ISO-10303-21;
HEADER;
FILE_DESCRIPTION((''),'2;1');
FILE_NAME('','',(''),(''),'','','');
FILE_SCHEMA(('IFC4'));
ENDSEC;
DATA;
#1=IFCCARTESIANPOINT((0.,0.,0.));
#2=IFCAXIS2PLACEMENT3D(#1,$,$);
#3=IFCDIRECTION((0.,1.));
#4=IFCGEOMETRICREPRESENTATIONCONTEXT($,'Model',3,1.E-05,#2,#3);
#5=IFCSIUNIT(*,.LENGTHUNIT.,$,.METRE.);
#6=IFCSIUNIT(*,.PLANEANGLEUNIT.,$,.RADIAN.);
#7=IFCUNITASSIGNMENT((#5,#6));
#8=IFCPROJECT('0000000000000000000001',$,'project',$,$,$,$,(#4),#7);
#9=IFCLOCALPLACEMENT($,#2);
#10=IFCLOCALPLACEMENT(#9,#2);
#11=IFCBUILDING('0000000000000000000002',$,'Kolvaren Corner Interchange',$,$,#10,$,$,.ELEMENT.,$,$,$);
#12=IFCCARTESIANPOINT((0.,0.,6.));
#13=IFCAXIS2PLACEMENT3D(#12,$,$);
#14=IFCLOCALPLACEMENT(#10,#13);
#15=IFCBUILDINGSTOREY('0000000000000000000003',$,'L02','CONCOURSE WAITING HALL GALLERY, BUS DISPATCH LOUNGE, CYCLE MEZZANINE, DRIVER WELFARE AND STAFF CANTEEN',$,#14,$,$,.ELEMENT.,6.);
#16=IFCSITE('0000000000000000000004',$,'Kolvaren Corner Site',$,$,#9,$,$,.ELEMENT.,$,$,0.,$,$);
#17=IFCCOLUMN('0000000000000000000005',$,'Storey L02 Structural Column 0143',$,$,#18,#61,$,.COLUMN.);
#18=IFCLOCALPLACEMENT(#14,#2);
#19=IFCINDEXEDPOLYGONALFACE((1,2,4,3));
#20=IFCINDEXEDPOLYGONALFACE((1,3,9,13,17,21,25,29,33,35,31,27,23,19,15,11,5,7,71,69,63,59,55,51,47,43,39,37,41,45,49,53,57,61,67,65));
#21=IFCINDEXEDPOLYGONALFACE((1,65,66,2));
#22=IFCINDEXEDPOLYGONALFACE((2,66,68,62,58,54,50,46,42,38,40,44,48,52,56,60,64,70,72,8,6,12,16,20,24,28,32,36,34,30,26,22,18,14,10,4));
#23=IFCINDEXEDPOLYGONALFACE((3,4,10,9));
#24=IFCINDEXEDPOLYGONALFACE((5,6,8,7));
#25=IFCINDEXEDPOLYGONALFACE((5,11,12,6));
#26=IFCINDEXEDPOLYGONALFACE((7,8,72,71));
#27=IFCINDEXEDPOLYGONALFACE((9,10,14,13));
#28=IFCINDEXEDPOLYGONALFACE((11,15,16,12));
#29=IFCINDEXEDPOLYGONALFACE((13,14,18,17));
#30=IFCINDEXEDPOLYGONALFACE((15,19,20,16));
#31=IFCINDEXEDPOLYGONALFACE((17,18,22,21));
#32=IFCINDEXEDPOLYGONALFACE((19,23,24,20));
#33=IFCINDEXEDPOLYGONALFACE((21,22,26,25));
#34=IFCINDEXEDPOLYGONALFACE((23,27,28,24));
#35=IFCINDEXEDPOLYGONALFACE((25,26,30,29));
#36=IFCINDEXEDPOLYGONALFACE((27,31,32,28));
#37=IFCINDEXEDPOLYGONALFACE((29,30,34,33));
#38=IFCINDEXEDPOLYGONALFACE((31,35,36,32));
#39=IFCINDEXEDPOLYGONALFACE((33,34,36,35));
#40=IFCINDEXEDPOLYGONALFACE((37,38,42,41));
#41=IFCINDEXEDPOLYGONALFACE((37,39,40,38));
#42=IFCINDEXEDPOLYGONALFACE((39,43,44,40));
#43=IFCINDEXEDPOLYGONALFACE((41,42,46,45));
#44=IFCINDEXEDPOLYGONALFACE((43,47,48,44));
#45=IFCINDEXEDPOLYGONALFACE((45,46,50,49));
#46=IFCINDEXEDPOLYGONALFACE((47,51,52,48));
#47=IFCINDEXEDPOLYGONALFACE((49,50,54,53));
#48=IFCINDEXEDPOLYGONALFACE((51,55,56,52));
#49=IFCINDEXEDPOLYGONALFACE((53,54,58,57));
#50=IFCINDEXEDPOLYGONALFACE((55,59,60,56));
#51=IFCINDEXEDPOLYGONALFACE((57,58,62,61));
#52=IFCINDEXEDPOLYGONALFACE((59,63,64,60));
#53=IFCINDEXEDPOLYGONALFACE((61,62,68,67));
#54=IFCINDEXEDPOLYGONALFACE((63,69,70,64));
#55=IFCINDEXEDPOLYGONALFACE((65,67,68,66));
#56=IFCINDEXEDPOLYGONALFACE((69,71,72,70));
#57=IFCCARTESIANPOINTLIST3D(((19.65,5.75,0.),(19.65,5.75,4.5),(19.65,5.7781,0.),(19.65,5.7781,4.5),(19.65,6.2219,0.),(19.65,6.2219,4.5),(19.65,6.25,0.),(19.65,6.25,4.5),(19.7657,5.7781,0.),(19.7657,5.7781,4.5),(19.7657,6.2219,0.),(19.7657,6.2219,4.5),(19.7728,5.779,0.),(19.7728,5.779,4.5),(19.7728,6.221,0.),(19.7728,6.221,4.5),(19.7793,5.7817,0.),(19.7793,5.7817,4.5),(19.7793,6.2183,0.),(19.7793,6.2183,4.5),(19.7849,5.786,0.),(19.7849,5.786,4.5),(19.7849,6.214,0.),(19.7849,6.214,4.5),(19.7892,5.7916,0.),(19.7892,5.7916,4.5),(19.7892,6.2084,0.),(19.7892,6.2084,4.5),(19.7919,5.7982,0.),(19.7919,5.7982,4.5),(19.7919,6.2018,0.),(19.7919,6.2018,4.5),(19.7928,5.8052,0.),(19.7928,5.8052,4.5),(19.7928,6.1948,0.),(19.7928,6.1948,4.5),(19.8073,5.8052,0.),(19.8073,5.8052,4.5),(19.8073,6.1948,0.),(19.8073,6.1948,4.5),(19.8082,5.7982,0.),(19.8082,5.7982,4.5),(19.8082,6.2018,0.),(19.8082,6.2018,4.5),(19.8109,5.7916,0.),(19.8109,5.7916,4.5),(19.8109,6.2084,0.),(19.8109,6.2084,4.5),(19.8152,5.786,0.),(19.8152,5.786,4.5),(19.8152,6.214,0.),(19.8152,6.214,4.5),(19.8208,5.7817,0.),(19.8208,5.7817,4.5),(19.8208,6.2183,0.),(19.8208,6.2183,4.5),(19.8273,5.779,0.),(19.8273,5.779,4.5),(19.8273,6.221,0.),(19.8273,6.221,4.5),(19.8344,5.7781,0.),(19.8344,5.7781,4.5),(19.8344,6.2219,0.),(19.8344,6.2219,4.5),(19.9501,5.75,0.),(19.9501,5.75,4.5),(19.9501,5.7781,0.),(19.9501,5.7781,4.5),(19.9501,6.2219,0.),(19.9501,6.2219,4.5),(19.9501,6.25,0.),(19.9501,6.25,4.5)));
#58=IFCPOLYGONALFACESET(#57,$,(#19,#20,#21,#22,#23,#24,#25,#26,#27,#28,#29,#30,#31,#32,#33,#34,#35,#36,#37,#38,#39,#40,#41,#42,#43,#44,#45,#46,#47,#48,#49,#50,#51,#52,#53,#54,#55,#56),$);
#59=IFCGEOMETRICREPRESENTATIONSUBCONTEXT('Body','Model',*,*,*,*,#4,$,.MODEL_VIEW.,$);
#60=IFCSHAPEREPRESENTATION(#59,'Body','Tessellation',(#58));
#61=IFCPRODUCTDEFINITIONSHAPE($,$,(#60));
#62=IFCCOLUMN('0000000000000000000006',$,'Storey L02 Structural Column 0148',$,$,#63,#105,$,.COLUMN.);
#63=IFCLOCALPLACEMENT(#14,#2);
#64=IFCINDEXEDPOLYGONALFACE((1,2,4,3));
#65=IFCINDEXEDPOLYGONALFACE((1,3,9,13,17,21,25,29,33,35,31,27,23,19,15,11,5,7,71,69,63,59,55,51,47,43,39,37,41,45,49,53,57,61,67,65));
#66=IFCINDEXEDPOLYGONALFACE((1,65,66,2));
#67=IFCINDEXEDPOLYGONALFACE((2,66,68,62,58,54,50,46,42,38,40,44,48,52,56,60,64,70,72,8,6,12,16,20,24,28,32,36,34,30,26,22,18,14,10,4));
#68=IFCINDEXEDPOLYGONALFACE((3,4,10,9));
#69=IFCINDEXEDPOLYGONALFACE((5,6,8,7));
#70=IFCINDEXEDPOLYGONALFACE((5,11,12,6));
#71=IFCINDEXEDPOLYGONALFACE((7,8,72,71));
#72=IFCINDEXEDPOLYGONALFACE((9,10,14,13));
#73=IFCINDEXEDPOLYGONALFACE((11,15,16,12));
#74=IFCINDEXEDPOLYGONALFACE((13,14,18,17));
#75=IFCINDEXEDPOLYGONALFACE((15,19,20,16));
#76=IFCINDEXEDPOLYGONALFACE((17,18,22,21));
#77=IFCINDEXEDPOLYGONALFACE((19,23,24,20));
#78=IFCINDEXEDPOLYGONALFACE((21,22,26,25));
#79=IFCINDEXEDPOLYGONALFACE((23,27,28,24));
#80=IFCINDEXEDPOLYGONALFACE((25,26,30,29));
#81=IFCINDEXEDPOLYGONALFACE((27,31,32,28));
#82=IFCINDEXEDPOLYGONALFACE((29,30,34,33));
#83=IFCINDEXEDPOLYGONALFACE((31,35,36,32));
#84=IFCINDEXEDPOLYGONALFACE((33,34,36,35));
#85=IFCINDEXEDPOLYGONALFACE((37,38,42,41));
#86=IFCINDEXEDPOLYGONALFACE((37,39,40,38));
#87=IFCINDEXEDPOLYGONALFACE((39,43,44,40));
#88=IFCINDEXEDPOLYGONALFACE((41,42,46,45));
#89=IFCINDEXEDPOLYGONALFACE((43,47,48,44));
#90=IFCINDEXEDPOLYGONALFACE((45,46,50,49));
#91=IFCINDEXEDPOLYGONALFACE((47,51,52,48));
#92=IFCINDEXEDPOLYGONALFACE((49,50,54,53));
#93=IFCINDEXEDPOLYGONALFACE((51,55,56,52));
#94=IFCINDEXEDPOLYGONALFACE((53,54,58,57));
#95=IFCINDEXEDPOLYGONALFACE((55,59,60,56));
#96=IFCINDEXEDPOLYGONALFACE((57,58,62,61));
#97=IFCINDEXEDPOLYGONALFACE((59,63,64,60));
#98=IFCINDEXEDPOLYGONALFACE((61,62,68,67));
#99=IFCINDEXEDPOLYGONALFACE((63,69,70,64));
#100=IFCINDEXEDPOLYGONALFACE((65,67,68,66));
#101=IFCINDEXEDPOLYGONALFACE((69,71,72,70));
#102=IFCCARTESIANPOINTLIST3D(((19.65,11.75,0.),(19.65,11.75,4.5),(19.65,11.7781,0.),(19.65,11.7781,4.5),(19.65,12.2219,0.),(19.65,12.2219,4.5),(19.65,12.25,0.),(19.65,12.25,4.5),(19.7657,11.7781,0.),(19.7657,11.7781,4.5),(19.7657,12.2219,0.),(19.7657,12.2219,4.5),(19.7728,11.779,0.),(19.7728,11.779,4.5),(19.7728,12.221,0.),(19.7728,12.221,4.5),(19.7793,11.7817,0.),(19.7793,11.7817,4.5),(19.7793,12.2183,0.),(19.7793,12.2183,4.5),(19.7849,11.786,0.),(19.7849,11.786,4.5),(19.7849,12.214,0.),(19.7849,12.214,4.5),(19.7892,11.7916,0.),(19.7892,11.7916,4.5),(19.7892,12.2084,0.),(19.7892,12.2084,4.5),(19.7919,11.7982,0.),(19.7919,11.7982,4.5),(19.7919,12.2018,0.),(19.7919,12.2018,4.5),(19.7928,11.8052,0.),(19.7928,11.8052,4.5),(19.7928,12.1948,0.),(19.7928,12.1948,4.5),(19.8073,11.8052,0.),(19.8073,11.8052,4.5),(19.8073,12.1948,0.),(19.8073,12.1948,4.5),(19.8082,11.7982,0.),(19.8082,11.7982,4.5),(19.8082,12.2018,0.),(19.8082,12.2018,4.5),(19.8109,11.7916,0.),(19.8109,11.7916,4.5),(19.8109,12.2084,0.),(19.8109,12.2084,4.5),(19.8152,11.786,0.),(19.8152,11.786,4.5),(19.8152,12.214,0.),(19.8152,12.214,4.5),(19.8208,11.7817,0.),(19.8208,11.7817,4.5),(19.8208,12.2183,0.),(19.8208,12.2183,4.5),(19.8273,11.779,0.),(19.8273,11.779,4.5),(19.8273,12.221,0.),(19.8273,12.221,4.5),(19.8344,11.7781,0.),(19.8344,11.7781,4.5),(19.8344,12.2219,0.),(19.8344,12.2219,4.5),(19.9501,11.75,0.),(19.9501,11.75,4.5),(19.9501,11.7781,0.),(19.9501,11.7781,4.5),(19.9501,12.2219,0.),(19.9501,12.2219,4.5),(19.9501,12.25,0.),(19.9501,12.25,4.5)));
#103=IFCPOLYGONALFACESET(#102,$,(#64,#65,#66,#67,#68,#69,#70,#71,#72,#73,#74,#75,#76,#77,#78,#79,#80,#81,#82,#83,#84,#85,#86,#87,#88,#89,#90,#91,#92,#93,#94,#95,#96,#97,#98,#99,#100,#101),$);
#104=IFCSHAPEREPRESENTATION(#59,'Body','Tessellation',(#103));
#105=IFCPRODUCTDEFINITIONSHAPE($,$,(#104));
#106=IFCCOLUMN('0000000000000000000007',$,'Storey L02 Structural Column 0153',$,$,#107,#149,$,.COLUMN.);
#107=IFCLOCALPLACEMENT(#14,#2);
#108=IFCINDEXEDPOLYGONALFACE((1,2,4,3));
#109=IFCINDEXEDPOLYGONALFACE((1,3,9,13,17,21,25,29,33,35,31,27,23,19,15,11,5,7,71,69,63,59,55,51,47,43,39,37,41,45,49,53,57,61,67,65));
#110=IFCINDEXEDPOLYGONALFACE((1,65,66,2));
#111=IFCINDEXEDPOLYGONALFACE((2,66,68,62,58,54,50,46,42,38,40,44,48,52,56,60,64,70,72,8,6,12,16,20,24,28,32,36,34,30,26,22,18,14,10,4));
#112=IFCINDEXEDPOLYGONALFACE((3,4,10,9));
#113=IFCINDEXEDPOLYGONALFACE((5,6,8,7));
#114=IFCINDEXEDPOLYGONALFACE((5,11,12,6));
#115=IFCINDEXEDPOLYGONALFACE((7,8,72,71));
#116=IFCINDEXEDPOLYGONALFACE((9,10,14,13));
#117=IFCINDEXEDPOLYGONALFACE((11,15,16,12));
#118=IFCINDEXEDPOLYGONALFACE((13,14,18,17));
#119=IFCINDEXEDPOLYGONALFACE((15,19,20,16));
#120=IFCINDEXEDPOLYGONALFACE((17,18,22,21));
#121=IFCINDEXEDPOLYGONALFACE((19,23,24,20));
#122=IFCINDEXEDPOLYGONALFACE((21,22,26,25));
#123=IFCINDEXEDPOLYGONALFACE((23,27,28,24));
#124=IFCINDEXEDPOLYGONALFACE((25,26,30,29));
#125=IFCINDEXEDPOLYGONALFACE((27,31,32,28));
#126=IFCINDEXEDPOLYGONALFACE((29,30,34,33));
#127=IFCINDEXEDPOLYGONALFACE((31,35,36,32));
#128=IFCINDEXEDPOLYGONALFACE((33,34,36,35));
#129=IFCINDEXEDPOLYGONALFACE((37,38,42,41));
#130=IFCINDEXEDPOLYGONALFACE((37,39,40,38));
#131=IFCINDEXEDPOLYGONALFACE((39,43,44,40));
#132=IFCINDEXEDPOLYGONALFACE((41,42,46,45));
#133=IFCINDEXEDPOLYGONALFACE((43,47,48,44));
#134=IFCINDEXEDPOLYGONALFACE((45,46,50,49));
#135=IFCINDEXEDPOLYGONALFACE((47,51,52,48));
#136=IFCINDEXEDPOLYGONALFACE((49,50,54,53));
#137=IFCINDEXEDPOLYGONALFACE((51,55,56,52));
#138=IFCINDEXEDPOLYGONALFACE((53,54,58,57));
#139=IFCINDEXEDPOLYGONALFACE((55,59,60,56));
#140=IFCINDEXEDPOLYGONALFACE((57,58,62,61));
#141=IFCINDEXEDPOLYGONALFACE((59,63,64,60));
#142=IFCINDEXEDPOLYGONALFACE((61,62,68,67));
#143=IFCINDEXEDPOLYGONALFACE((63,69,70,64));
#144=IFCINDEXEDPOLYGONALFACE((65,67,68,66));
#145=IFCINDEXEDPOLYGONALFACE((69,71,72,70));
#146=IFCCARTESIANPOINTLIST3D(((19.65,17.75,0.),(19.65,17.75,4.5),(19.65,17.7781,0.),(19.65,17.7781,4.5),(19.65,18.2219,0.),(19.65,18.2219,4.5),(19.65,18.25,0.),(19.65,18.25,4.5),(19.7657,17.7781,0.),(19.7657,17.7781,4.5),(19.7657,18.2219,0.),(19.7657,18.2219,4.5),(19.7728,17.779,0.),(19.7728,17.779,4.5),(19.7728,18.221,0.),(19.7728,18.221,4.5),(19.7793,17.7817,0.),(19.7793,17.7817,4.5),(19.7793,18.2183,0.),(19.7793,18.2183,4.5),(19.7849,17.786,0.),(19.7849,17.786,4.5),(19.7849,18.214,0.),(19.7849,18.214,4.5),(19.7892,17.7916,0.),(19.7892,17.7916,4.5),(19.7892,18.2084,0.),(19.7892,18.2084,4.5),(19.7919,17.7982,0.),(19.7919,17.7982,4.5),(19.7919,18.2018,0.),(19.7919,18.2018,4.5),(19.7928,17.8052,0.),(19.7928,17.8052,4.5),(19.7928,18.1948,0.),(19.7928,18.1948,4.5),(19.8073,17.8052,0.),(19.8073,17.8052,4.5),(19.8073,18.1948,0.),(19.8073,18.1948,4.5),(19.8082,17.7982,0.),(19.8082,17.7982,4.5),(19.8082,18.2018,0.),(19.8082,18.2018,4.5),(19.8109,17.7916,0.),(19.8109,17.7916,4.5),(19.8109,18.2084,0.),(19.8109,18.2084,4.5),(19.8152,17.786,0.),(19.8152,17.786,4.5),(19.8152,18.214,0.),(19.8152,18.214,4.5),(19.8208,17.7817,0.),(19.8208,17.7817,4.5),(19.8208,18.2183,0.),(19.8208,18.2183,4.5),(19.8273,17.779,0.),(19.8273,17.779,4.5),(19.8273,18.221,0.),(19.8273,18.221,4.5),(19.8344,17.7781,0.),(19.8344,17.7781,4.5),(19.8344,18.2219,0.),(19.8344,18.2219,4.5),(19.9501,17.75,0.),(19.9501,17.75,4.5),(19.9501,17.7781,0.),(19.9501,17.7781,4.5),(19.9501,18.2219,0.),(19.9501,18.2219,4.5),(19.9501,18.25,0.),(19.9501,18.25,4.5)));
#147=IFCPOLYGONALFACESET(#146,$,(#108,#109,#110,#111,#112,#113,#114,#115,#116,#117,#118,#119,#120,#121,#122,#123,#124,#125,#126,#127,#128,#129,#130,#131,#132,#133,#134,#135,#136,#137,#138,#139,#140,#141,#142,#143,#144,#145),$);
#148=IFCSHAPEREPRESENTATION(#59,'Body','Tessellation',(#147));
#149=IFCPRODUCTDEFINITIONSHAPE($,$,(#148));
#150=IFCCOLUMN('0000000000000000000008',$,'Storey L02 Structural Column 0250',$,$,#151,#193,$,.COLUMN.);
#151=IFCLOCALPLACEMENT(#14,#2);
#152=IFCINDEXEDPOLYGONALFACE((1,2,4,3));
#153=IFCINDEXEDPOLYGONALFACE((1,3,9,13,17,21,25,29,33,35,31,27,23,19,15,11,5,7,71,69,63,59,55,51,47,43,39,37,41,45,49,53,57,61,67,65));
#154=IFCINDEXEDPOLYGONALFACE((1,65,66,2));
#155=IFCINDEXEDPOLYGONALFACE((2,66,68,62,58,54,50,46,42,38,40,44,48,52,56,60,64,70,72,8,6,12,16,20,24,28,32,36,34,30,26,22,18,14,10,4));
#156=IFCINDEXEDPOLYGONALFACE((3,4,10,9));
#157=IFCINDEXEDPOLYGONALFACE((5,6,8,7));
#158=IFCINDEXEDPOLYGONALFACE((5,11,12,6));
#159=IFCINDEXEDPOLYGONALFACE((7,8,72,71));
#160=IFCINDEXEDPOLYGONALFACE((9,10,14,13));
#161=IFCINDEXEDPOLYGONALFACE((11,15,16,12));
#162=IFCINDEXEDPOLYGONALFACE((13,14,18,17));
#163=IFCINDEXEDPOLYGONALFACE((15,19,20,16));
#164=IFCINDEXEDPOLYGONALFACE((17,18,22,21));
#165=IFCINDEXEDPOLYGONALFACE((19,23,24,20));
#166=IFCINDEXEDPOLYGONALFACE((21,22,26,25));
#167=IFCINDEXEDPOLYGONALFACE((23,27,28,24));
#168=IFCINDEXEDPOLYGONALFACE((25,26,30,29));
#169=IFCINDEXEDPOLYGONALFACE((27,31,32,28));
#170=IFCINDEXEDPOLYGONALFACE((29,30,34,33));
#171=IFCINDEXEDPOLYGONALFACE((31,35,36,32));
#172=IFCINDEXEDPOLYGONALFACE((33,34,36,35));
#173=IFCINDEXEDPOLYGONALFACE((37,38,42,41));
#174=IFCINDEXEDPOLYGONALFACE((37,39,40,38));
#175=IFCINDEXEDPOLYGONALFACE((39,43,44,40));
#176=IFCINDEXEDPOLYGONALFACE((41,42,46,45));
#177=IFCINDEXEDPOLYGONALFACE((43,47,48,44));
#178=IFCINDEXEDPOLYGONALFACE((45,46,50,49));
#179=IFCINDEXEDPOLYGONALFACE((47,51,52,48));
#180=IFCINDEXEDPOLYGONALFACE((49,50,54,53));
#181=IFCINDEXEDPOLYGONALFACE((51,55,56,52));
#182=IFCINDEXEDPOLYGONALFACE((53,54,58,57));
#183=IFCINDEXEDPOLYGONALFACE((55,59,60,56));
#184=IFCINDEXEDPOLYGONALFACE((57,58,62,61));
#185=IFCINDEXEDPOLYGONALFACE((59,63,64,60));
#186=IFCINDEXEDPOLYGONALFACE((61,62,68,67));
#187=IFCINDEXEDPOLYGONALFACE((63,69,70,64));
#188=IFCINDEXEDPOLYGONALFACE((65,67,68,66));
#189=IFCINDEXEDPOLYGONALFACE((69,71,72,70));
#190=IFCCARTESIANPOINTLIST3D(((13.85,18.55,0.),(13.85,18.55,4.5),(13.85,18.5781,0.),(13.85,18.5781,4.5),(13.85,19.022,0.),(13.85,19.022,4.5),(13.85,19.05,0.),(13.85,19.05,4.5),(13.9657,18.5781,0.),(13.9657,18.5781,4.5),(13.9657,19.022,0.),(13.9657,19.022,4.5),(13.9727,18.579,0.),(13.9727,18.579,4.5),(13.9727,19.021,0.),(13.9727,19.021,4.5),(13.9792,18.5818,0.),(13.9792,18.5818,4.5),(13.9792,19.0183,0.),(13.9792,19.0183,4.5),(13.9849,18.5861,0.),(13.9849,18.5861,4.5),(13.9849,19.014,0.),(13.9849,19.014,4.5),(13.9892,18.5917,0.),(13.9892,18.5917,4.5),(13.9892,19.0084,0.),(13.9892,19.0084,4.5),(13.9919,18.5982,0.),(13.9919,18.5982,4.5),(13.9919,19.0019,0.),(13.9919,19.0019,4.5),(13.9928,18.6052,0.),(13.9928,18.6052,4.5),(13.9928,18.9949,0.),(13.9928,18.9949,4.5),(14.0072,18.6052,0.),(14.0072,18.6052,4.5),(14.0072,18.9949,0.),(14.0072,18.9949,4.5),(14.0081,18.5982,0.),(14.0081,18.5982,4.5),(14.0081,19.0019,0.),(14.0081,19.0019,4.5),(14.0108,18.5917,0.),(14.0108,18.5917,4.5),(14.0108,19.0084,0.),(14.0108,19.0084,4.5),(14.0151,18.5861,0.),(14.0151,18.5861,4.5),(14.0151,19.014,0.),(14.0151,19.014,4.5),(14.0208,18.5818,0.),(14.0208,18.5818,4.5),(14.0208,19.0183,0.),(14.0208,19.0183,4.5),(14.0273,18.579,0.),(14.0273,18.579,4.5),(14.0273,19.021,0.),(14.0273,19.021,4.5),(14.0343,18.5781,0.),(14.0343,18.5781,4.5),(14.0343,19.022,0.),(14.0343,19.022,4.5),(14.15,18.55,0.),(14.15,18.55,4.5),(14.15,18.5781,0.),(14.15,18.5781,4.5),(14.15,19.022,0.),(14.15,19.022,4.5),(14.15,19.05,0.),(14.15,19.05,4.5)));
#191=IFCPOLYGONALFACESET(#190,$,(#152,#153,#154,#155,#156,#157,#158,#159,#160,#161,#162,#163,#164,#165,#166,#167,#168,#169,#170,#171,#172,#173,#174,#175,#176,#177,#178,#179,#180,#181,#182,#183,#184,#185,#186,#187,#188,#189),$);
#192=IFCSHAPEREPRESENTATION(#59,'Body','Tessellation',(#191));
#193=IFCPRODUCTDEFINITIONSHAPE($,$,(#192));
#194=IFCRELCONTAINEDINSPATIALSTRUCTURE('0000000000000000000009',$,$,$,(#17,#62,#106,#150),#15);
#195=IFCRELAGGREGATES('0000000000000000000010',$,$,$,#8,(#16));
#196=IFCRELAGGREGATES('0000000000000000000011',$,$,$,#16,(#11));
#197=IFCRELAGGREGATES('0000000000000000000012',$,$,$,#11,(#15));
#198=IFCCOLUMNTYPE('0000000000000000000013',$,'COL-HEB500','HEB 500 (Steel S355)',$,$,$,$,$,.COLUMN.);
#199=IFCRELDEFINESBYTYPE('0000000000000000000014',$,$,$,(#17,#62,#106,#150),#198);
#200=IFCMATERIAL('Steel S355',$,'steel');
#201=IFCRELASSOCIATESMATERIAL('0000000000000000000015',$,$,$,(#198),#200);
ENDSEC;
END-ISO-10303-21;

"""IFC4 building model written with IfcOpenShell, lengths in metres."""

from ifc_helpers import new_model, si_unit, direction, frame, origin, origin_2d, place, context, subcontext, project, spatial, i_section, extrude, material, material_profile, profile_set, type_object, element, save


model = new_model("IFC4")

# Units and contexts
model_context = context("Model", 3, precision=1e-05, world=origin(), true_north=direction((0.0, 1.0)))
body_context = subcontext(model_context, "Body", "Model", "MODEL_VIEW")
ifc_project = project(units=[si_unit("LENGTHUNIT", "METRE"), si_unit("PLANEANGLEUNIT", "RADIAN")], contexts=[model_context])

# Site, building, storey
site_placement = place(None, origin())
site = spatial("IfcSite", under=ifc_project, at=site_placement, Name="Kolvaren Corner Site", CompositionType="ELEMENT", RefElevation=0.0)
building_placement = place(site_placement, origin())
building = spatial("IfcBuilding", under=site, at=building_placement, Name="Kolvaren Corner Interchange", CompositionType="ELEMENT")
storey_placement = place(building_placement, frame((0.0, 0.0, 6.0)))
storey = spatial("IfcBuildingStorey", under=building, at=storey_placement, Name="L02", Description="CONCOURSE WAITING HALL GALLERY, BUS DISPATCH LOUNGE, CYCLE MEZZANINE, DRIVER WELFARE AND STAFF CANTEEN", CompositionType="ELEMENT", Elevation=6.0)

# Columns
ifc_material_1 = material(Name="Steel S355", Category="steel")
ifc_material_profile_1 = material_profile(ifc_material_1, i_section(OverallWidth=0.3, OverallDepth=0.5, WebThickness=0.0144, FlangeThickness=0.0281, FilletRadius=0.0271, at=origin_2d()), Name="HEB 500")
ifc_profile_set_1 = profile_set([ifc_material_profile_1], Name="Steel S355")
column_type = type_object("IfcColumnType", Name="COL-HEB500", Description="HEB 500 (Steel S355)", PredefinedType="COLUMN", material=ifc_profile_set_1)
for number, where, z_axis, x_axis, name in (
    (1, (19.8, 6.0, 0.0), (0.0, 0.0, 1.0), (1.0, 0.0, 0.0), "Storey L02 Structural Column 0143"),
    (2, (19.8, 12.0, 0.0), (0.0, 0.0, 1.0), (1.0, 0.0, 0.0), "Storey L02 Structural Column 0148"),
    (3, (19.8, 18.0, 0.0), (0.0, 0.0, 1.0), (1.0, 0.0, 0.0), "Storey L02 Structural Column 0153"),
    (4, (14.0, 18.8, 0.0), (0.0, 0.0, 1.0), (1.0, 0.0, 0.0), "Storey L02 Structural Column 0250"),
):
    element("IfcColumn", number, at=place(storey_placement, frame(where, z_axis=z_axis, x_axis=x_axis)), inside=storey, type_object=column_type, Name=name, PredefinedType="COLUMN", context=body_context, shape_type="SweptSolid", body=[
        extrude(i_section(OverallWidth=0.3, OverallDepth=0.5, WebThickness=0.0144, FlangeThickness=0.0281, FilletRadius=0.0271, at=origin_2d()), origin(), (0.0, 0.0, 1.0), 4.5),
    ])

save(model, "model.ifc")
